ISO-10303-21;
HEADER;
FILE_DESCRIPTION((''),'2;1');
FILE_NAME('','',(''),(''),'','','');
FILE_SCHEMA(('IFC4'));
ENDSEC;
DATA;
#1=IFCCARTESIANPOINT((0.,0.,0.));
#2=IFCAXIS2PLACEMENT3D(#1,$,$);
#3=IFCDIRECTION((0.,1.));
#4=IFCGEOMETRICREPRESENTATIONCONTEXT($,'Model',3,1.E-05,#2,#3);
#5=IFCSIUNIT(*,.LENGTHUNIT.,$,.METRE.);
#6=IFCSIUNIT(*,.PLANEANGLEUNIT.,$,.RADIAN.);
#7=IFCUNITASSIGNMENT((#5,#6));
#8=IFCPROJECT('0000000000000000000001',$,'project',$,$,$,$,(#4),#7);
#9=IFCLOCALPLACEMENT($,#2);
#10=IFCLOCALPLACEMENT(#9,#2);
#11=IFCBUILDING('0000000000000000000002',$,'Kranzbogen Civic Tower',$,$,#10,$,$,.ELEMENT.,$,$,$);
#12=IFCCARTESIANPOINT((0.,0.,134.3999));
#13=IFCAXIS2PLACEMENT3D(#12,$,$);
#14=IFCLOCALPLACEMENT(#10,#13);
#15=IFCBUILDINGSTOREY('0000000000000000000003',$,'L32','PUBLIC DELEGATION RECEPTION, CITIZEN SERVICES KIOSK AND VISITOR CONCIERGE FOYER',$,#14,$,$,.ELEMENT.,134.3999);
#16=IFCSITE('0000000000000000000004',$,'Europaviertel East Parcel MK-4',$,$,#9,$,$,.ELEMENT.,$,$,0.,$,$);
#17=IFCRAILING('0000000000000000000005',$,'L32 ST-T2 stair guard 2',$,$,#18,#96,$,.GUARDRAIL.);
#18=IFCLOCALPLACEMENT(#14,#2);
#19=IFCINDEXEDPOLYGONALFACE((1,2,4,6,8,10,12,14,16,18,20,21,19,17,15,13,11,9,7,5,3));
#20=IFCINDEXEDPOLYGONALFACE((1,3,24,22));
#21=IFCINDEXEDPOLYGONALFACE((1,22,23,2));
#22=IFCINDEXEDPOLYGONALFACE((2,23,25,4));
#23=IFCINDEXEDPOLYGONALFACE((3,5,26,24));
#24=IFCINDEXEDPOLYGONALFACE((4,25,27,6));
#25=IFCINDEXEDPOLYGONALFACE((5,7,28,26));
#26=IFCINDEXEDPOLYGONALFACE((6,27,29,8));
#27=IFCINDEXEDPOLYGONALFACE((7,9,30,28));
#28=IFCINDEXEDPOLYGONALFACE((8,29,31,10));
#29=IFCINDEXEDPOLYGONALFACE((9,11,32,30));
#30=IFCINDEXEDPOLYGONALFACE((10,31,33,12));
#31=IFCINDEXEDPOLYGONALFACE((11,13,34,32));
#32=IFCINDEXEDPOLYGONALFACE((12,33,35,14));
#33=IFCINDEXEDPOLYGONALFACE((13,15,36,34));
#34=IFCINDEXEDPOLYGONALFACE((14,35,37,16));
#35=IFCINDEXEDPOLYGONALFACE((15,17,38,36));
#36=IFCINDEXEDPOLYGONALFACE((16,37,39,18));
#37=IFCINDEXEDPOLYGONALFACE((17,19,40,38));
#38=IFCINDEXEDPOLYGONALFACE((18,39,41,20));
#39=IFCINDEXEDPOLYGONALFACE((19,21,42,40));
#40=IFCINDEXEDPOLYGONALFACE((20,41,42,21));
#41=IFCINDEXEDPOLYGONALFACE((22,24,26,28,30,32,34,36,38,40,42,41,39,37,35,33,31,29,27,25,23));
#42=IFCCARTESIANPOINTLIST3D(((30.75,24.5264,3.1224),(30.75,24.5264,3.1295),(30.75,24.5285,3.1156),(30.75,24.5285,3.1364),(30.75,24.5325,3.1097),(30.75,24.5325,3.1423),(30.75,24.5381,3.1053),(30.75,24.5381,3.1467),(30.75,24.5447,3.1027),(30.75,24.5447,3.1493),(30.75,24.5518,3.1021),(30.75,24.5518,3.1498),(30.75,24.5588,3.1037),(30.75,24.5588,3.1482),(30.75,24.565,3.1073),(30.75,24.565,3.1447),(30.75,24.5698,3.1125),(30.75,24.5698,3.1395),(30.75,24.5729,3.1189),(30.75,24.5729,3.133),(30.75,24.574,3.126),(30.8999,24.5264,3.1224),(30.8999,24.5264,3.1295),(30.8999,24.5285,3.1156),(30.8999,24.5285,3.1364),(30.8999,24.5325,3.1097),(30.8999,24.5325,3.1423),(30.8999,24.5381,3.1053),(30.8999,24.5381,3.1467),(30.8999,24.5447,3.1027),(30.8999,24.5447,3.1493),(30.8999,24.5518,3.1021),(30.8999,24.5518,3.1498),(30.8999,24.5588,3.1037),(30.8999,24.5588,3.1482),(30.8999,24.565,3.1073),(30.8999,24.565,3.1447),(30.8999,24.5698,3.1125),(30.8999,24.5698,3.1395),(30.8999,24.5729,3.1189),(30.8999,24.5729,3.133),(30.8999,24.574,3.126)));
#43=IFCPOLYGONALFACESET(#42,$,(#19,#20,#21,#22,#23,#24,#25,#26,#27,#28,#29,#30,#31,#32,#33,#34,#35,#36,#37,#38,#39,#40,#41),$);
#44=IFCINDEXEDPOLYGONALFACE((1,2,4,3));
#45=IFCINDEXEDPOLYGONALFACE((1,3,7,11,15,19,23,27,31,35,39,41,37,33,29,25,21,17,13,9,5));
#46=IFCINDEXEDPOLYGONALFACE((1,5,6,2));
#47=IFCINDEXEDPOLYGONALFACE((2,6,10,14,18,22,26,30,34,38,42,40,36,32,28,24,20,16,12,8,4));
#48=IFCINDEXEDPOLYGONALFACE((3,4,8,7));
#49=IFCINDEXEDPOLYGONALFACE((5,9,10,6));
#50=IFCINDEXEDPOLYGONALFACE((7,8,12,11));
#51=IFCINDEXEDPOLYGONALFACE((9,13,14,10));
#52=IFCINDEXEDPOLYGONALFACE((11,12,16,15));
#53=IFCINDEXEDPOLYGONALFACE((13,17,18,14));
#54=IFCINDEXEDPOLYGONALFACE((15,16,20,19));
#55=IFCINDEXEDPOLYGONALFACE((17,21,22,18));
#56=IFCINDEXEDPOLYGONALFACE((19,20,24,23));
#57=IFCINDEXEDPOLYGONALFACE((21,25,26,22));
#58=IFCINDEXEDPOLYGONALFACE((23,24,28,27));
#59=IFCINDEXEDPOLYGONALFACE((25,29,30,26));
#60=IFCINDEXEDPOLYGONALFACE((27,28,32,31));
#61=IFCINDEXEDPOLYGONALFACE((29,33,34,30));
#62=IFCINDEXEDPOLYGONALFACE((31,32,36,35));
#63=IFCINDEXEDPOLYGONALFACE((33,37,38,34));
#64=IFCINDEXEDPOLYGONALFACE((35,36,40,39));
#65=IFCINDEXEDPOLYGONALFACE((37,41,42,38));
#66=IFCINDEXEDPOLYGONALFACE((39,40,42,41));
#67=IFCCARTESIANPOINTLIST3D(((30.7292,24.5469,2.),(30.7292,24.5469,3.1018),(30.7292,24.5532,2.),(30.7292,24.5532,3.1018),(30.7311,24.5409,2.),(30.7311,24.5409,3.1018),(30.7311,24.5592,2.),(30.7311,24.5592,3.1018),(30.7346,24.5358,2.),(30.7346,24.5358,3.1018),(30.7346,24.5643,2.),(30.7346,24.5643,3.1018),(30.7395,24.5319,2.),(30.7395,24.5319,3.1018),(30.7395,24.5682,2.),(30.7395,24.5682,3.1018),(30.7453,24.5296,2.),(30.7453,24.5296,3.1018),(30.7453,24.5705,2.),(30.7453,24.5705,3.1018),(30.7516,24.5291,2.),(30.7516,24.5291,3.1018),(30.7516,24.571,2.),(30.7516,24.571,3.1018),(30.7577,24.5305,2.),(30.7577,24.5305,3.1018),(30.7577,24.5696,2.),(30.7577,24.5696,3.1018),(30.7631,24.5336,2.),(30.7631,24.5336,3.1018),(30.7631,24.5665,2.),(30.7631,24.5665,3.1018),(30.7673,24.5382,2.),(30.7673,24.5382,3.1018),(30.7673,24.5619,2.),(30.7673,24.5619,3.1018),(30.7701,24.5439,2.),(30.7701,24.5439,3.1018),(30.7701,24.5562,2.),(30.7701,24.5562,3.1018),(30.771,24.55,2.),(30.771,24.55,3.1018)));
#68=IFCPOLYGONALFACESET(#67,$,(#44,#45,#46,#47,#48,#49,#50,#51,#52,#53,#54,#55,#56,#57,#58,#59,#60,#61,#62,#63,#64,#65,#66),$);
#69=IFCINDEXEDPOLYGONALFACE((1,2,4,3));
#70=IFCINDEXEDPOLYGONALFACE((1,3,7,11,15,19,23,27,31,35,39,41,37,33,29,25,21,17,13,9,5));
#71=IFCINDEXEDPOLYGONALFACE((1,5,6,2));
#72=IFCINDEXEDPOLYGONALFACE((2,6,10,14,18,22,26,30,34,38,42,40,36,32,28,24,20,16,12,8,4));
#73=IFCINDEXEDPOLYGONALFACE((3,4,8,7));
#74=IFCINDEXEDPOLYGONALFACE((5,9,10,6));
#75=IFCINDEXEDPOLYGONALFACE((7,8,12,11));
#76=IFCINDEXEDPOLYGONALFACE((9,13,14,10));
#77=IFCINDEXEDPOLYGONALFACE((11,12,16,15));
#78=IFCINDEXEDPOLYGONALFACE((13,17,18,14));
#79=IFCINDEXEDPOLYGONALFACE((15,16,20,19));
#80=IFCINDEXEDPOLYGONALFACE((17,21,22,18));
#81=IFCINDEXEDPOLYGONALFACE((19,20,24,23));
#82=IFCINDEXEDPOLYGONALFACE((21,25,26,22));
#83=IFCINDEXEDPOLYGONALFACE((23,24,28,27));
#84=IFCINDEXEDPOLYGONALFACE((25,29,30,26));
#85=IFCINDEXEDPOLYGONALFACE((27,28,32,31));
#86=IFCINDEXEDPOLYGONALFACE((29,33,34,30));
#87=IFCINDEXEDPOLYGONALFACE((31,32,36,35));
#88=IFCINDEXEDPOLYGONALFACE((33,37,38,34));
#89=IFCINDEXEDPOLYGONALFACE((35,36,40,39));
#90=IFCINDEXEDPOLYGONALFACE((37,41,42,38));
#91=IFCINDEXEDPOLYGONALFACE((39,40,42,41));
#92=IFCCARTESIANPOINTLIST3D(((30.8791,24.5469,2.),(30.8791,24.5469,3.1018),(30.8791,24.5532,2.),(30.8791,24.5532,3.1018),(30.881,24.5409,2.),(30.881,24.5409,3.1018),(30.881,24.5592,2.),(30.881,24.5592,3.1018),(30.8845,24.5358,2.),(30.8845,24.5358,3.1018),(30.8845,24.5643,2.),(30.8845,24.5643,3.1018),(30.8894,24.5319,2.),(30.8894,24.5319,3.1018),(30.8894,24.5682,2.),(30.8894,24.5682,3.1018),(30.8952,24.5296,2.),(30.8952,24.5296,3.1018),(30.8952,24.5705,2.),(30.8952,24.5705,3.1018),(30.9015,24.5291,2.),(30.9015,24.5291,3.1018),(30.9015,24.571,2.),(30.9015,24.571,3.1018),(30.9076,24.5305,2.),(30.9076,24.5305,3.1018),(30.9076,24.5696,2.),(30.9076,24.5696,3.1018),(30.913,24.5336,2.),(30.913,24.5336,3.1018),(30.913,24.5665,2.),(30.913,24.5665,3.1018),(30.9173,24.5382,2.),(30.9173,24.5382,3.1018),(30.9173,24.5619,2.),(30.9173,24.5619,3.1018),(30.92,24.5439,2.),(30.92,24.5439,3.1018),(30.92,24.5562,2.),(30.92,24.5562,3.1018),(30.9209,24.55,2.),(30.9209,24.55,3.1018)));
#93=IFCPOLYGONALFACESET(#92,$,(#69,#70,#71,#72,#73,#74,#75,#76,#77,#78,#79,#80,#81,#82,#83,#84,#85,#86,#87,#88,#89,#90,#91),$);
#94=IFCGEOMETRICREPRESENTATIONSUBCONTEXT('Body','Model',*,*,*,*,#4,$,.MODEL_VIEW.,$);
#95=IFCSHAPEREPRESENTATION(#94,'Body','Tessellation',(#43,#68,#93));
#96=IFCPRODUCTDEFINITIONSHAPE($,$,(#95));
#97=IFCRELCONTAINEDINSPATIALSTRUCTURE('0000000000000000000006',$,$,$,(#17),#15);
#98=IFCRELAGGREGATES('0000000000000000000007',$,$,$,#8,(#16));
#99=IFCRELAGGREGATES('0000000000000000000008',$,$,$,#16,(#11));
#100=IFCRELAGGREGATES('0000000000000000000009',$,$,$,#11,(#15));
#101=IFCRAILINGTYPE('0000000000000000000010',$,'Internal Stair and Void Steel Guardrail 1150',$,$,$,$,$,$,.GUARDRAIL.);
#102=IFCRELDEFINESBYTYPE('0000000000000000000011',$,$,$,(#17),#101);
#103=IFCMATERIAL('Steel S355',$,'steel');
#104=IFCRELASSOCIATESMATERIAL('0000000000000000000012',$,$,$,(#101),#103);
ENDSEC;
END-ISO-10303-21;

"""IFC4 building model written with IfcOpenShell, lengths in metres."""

from ifc_helpers import new_model, si_unit, direction, frame, origin, origin_2d, place, context, subcontext, project, spatial, circle, extrude, material, type_object, element, save


model = new_model("IFC4")

# Units and contexts
model_context = context("Model", 3, precision=1e-05, world=origin(), true_north=direction((0.0, 1.0)))
body_context = subcontext(model_context, "Body", "Model", "MODEL_VIEW")
ifc_project = project(units=[si_unit("LENGTHUNIT", "METRE"), si_unit("PLANEANGLEUNIT", "RADIAN")], contexts=[model_context])

# Site, building, storey
site_placement = place(None, origin())
site = spatial("IfcSite", under=ifc_project, at=site_placement, Name="Europaviertel East Parcel MK-4", CompositionType="ELEMENT", RefElevation=0.0)
building_placement = place(site_placement, origin())
building = spatial("IfcBuilding", under=site, at=building_placement, Name="Kranzbogen Civic Tower", CompositionType="ELEMENT")
storey_placement = place(building_placement, frame((0.0, 0.0, 134.3999)))
storey = spatial("IfcBuildingStorey", under=building, at=storey_placement, Name="L32", Description="PUBLIC DELEGATION RECEPTION, CITIZEN SERVICES KIOSK AND VISITOR CONCIERGE FOYER", CompositionType="ELEMENT", Elevation=134.3999)

# Shared definitions
ifc_material_1 = material(Name="Steel S355", Category="steel")

# Railing
railing_type_1 = type_object("IfcRailingType", Name="Internal Stair and Void Steel Guardrail 1150", PredefinedType="GUARDRAIL", material=ifc_material_1)
railing_1_placement = place(storey_placement, frame((30.75, 24.55, 2.0)))
element("IfcRailing", 1, at=railing_1_placement, inside=storey, type_object=railing_type_1, Name="L32 ST-T2 stair guard 2", PredefinedType="GUARDRAIL", context=body_context, shape_type="SweptSolid", body=[
    extrude(circle(Radius=0.0239, at=origin_2d()), frame((0.0, 0.0, 1.126), z_axis=(1.0, 0.0, 0.0), x_axis=(0.0, 1.0, 0.0)), (0.0, 0.0, 1.0), 0.1499),
    extrude(circle(Radius=0.021, at=origin_2d()), origin(), (0.0, 0.0, 1.0), 1.1018),
    extrude(circle(Radius=0.021, at=origin_2d()), frame((0.1499, 0.0, 0.0)), (0.0, 0.0, 1.0), 1.1018),
])

save(model, "model.ifc")
